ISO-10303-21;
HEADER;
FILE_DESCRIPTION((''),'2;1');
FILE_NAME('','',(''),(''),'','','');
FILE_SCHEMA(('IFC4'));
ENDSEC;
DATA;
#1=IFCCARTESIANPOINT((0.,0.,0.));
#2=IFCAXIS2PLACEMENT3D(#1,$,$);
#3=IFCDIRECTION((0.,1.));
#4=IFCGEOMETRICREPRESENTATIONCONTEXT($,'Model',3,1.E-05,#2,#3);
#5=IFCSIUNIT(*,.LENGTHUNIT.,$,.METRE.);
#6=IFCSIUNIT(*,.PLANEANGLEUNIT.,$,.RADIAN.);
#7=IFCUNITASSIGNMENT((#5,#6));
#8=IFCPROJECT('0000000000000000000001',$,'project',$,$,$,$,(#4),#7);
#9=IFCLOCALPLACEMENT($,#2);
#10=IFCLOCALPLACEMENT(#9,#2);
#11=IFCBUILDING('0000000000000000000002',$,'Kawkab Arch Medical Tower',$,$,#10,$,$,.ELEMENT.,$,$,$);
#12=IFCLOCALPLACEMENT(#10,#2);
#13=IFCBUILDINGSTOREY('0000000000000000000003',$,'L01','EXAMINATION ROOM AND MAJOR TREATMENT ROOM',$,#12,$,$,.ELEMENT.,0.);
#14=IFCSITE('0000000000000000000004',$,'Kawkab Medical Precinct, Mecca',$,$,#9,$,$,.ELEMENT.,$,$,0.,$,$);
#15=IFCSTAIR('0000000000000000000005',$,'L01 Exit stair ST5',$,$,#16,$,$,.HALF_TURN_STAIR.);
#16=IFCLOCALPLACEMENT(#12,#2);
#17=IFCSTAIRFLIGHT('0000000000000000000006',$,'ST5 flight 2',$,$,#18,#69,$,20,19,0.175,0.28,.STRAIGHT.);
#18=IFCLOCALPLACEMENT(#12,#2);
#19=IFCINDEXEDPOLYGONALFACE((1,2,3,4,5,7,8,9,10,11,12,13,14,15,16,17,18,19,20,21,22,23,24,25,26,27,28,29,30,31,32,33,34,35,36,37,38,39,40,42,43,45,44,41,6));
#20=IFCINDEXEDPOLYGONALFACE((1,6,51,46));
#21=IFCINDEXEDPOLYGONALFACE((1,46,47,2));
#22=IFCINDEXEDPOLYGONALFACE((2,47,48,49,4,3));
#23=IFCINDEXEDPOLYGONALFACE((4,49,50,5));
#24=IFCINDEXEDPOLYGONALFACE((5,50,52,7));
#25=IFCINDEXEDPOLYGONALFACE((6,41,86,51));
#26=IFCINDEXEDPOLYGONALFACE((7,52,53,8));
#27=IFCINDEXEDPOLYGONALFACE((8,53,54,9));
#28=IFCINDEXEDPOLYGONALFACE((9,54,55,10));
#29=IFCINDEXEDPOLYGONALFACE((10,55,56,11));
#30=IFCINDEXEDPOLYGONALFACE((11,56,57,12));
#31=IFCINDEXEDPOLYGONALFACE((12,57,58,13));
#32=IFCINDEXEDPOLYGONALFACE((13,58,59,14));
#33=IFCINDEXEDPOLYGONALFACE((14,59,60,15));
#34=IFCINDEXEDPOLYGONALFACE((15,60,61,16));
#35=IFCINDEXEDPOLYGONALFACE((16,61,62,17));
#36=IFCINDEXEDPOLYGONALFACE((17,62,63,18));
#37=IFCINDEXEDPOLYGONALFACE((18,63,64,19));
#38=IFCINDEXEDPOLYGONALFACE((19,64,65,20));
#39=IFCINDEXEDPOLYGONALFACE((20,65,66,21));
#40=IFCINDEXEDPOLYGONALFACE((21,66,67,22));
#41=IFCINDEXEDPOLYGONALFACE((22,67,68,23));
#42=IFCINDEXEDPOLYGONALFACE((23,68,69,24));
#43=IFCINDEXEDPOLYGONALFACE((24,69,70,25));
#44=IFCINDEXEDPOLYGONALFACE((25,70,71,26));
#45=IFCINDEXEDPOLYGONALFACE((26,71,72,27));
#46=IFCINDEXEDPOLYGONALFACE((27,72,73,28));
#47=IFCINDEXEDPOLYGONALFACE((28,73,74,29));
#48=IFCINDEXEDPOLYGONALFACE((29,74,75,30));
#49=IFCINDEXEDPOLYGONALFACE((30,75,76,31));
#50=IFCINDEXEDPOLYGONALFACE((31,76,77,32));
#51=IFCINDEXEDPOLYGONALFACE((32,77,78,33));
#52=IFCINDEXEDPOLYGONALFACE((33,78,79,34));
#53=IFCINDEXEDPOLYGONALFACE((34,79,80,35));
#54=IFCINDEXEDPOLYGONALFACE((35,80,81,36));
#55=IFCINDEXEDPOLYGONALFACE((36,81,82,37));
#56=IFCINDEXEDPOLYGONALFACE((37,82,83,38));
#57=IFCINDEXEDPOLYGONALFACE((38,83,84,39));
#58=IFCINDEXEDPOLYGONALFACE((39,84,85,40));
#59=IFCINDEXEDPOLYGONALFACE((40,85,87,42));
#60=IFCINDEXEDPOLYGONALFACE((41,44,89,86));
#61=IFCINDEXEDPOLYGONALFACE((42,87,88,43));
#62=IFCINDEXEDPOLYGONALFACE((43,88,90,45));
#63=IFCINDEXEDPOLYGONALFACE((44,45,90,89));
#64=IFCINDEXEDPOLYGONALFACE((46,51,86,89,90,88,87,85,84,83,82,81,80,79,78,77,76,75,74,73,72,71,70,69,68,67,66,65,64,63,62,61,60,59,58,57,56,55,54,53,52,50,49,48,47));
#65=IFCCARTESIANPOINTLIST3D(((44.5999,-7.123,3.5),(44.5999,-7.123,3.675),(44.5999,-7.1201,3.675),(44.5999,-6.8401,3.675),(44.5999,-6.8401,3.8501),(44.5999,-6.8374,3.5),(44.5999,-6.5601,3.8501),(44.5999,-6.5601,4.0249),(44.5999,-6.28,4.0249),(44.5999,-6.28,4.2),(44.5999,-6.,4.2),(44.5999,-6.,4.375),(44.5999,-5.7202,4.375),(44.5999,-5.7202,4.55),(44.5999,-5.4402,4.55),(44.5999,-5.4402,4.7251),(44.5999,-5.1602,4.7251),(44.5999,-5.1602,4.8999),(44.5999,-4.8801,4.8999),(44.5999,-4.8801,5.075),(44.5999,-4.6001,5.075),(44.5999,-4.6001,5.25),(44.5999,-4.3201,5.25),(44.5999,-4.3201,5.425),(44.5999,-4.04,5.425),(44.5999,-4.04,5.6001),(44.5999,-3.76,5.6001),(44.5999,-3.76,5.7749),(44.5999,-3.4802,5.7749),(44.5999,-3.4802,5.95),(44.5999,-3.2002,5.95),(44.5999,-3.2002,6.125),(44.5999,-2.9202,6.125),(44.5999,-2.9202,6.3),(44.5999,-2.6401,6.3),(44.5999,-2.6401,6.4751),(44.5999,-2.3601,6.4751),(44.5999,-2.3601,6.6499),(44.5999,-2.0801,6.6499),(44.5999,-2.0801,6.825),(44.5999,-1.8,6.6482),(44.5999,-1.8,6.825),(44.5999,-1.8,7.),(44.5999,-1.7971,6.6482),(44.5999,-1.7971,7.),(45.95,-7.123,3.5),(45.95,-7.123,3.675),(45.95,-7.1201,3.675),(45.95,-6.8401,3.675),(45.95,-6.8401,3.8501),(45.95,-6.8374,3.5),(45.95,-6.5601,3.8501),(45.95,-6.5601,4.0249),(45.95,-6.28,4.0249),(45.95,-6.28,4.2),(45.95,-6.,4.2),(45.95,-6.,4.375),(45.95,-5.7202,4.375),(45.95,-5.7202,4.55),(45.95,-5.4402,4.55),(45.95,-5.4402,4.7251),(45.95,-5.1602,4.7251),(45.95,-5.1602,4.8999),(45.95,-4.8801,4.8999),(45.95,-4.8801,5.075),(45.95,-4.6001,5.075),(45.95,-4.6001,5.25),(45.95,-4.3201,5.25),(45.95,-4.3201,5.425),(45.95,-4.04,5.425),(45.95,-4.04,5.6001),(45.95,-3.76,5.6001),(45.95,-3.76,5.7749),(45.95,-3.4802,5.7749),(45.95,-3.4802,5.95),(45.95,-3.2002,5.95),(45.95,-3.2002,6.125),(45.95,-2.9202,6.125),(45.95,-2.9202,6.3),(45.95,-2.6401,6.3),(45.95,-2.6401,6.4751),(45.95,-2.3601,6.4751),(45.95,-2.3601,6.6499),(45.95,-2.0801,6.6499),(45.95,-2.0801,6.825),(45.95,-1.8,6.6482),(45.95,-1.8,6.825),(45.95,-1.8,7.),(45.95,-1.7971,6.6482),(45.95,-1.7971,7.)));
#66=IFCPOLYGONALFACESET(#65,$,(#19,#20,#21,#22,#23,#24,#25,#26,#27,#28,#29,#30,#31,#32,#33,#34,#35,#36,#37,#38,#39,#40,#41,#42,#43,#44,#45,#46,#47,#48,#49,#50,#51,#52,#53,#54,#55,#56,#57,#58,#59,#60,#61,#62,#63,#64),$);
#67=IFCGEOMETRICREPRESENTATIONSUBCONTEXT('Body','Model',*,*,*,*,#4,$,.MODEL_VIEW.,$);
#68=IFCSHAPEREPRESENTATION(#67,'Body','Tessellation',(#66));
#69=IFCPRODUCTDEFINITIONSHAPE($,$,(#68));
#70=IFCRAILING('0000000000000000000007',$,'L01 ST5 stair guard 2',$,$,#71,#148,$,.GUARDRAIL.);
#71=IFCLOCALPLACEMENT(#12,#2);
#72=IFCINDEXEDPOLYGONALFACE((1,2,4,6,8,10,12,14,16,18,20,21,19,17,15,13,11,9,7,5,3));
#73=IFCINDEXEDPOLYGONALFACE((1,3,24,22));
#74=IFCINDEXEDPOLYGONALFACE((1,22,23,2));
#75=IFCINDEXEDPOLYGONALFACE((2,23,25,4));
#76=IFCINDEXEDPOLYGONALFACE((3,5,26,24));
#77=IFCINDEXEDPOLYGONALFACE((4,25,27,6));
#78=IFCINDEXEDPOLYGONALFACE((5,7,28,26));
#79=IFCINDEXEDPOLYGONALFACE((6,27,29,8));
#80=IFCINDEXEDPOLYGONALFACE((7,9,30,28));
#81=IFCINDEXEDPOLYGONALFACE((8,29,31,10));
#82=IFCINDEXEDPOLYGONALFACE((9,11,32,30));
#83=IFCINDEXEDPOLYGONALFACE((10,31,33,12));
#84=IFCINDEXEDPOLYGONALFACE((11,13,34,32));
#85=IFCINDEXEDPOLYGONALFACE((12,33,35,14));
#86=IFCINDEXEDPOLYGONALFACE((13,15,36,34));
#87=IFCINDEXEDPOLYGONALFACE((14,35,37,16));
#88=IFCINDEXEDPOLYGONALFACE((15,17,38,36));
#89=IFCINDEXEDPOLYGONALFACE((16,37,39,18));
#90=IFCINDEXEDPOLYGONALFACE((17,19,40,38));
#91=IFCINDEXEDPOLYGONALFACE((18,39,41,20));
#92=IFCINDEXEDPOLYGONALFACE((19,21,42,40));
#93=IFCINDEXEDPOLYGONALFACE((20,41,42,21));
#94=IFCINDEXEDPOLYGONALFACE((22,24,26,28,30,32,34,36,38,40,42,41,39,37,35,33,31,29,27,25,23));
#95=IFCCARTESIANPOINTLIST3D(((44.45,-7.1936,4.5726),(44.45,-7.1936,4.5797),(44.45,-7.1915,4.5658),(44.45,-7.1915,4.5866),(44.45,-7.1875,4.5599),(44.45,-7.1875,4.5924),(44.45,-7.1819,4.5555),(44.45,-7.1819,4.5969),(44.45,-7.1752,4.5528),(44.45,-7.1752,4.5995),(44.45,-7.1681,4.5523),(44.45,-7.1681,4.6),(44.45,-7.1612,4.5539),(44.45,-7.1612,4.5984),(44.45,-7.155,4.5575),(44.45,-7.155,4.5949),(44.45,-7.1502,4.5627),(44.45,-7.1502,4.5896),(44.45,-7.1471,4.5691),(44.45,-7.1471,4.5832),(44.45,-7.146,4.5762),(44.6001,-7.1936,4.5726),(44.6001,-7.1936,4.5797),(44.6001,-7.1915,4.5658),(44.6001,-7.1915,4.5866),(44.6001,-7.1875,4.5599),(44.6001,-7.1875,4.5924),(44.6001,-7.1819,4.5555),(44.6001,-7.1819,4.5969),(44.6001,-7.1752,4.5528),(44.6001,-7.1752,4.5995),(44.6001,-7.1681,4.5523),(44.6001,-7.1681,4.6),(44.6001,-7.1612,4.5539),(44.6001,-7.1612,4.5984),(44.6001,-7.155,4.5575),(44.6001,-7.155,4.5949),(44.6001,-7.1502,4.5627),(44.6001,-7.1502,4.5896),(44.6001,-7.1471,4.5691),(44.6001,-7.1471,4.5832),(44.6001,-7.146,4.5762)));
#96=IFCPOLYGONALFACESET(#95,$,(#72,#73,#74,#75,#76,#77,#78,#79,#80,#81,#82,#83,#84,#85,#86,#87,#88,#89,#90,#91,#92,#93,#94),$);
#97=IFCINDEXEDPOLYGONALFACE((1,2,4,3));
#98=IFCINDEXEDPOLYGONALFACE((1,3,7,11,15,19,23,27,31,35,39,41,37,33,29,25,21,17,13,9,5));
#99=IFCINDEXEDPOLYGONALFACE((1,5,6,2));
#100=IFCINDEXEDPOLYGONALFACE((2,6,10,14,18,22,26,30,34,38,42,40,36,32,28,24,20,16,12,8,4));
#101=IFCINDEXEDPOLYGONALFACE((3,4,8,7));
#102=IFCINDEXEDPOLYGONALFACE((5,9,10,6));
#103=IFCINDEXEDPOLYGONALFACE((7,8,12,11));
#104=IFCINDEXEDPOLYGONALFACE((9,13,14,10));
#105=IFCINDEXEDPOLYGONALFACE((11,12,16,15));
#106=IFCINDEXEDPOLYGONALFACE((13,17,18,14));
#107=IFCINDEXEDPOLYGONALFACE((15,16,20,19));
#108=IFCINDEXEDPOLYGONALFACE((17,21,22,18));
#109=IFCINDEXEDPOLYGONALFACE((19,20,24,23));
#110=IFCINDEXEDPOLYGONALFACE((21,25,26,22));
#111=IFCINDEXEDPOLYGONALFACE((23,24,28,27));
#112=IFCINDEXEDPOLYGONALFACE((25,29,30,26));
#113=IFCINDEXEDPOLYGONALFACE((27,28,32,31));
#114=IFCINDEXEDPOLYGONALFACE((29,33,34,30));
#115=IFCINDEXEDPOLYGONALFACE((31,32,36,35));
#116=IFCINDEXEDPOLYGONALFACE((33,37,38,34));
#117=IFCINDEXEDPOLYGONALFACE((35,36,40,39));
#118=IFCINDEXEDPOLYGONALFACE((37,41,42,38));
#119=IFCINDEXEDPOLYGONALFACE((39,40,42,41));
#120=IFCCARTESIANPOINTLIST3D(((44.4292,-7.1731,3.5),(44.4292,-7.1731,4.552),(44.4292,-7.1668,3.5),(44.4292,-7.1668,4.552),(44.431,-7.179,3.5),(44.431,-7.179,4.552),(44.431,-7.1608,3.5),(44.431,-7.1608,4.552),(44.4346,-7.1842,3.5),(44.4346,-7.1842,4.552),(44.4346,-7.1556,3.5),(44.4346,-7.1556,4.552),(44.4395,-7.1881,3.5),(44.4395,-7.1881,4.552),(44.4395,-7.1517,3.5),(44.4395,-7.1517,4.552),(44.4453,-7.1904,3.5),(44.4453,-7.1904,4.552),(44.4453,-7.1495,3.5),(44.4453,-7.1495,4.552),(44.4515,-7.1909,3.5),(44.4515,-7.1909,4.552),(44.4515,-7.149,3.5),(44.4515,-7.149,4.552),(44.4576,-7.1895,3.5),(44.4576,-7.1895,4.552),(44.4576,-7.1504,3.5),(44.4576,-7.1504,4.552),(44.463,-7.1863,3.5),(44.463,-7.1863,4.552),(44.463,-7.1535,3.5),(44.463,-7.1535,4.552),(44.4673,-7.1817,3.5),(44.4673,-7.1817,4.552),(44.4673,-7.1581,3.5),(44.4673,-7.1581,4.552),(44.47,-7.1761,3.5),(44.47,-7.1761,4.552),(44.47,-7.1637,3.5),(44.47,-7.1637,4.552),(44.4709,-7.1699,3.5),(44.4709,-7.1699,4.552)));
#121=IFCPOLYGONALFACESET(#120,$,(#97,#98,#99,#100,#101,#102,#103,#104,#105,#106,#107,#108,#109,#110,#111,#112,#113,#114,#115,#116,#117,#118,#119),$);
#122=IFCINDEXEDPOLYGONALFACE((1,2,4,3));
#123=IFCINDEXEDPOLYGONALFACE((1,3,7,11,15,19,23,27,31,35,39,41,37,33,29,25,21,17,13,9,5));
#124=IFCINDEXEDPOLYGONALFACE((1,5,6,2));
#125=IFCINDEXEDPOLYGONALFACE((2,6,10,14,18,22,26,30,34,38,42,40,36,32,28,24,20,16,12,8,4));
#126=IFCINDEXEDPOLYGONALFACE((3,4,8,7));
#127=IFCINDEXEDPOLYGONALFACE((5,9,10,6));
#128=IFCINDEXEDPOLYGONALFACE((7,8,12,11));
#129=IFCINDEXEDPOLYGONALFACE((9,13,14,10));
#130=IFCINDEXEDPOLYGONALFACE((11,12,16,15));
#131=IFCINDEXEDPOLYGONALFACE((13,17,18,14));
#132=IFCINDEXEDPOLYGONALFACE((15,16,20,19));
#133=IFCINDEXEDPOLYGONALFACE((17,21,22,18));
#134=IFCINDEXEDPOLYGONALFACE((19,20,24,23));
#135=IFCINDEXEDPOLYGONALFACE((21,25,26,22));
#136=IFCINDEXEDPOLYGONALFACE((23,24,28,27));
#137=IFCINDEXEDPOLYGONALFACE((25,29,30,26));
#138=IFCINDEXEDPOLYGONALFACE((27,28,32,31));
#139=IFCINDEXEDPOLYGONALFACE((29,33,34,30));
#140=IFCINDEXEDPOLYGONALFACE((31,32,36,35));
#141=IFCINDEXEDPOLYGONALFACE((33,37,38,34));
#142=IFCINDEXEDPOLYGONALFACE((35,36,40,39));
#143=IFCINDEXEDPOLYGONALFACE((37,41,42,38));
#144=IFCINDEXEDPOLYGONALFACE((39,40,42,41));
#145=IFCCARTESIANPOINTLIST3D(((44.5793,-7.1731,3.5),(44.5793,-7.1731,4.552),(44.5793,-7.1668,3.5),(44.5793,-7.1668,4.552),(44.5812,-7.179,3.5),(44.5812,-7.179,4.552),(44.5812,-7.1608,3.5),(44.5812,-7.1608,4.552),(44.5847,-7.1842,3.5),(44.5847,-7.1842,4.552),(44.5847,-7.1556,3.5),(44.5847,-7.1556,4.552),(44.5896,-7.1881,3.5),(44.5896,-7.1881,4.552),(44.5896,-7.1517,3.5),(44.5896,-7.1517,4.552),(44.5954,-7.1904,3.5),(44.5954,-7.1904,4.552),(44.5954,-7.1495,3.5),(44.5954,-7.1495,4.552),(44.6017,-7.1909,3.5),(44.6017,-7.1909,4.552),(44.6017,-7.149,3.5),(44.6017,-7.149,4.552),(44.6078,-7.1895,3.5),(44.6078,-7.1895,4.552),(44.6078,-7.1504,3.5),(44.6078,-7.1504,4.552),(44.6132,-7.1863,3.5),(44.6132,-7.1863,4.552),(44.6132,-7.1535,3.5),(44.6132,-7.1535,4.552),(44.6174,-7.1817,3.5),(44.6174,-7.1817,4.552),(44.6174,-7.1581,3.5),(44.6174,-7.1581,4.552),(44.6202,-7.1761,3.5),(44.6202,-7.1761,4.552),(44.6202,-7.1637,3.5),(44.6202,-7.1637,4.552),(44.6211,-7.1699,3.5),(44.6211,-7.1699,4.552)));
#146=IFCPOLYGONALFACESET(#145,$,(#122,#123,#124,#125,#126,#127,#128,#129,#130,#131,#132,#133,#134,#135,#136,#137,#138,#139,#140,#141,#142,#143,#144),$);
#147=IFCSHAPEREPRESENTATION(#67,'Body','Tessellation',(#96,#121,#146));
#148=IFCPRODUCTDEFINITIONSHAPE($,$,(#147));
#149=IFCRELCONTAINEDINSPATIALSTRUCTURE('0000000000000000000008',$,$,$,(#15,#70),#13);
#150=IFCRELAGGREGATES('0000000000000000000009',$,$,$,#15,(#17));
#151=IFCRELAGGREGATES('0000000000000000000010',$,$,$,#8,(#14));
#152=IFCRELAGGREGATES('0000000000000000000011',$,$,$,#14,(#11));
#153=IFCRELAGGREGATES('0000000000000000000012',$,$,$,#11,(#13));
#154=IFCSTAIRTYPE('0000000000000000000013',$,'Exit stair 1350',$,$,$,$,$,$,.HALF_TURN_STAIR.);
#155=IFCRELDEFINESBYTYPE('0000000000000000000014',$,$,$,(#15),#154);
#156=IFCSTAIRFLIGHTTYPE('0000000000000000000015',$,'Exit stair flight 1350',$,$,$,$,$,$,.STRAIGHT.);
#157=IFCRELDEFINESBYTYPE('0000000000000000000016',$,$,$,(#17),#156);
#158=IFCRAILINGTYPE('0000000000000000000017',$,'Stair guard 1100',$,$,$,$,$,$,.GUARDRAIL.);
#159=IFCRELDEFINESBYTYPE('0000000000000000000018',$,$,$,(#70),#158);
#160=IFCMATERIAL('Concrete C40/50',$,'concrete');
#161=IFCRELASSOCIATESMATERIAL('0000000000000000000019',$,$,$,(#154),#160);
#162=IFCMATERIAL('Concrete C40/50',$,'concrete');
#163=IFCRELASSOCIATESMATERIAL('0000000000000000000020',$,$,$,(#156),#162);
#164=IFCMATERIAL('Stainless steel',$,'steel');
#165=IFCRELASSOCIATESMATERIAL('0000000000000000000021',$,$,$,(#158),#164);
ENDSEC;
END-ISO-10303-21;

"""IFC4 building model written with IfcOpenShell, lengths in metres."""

from ifc_helpers import new_model, si_unit, direction, frame, origin, origin_2d, place, context, subcontext, project, spatial, polyline, circle, outline, extrude, material, type_object, element, aggregate, save


model = new_model("IFC4")

# Units and contexts
model_context = context("Model", 3, precision=1e-05, world=origin(), true_north=direction((0.0, 1.0)))
body_context = subcontext(model_context, "Body", "Model", "MODEL_VIEW")
ifc_project = project(units=[si_unit("LENGTHUNIT", "METRE"), si_unit("PLANEANGLEUNIT", "RADIAN")], contexts=[model_context])

# Site, building, storey
site_placement = place(None, origin())
site = spatial("IfcSite", under=ifc_project, at=site_placement, Name="Kawkab Medical Precinct, Mecca", CompositionType="ELEMENT", RefElevation=0.0)
building_placement = place(site_placement, origin())
building = spatial("IfcBuilding", under=site, at=building_placement, Name="Kawkab Arch Medical Tower", CompositionType="ELEMENT")
storey_placement = place(building_placement, origin())
storey = spatial("IfcBuildingStorey", under=building, at=storey_placement, Name="L01", Description="EXAMINATION ROOM AND MAJOR TREATMENT ROOM", CompositionType="ELEMENT", Elevation=0.0)

# Stair, stair flight
ifc_material_1 = material(Name="Concrete C40/50", Category="concrete")
stair_type = type_object("IfcStairType", Name="Exit stair 1350", PredefinedType="HALF_TURN_STAIR", material=ifc_material_1)
stair_placement = place(storey_placement, origin())
stair = element("IfcStair", 1, at=stair_placement, inside=storey, type_object=stair_type, Name="L01 Exit stair ST5", PredefinedType="HALF_TURN_STAIR")
ifc_material_2 = material(Name="Concrete C40/50", Category="concrete")
stair_flight_type = type_object("IfcStairFlightType", Name="Exit stair flight 1350", PredefinedType="STRAIGHT", material=ifc_material_2)
stair_flight_1_placement = place(storey_placement, frame((45.2749, -7.1201, 3.5), z_axis=(0.0, 0.0, 1.0), x_axis=(0.0, 1.0, 0.0)))
stair_flight_1 = element("IfcStairFlight", 2, at=stair_flight_1_placement, type_object=stair_flight_type, Name="ST5 flight 2", NumberOfRisers=20, NumberOfTreads=19, PredefinedType="STRAIGHT", RiserHeight=0.175, TreadLength=0.28, context=body_context, shape_type="SweptSolid", body=[
    extrude(outline(polyline([(-0.0029, 0.0), (-0.0029, 0.175), (0.0, 0.175), (0.28, 0.175), (0.28, 0.3501), (0.5601, 0.3501), (0.5601, 0.5249), (0.8401, 0.5249), (0.8401, 0.7), (1.1201, 0.7), (1.1201, 0.875), (1.3999, 0.875), (1.3999, 1.05), (1.6799, 1.05), (1.6799, 1.2251), (1.96, 1.2251), (1.96, 1.3999), (2.24, 1.3999), (2.24, 1.575), (2.52, 1.575), (2.52, 1.75), (2.8, 1.75), (2.8, 1.925), (3.0801, 1.925), (3.0801, 2.1001), (3.3601, 2.1001), (3.3601, 2.2749), (3.6399, 2.2749), (3.6399, 2.45), (3.9199, 2.45), (3.9199, 2.625), (4.2, 2.625), (4.2, 2.8), (4.48, 2.8), (4.48, 2.9751), (4.76, 2.9751), (4.76, 3.1499), (5.04, 3.1499), (5.04, 3.325), (5.3201, 3.325), (5.3201, 3.5), (5.323, 3.5), (5.323, 3.1482), (5.3201, 3.1482), (0.2827, 0.0), (-0.0029, 0.0)])), frame((0.0, 0.675, 0.0), z_axis=(0.0, -1.0, 0.0), x_axis=(1.0, 0.0, 0.0)), (0.0, 0.0, 1.0), 1.3501),
])
aggregate(stair, [stair_flight_1])

# Railing
ifc_material_3 = material(Name="Stainless steel", Category="steel")
railing_type = type_object("IfcRailingType", Name="Stair guard 1100", PredefinedType="GUARDRAIL", material=ifc_material_3)
railing_1_placement = place(storey_placement, frame((44.45, -7.1699, 3.5)))
element("IfcRailing", 3, at=railing_1_placement, inside=storey, type_object=railing_type, Name="L01 ST5 stair guard 2", PredefinedType="GUARDRAIL", context=body_context, shape_type="SweptSolid", body=[
    extrude(circle(Radius=0.0239, at=origin_2d()), frame((0.0, 0.0, 1.0762), z_axis=(1.0, 0.0, 0.0), x_axis=(0.0, 1.0, 0.0)), (0.0, 0.0, 1.0), 0.1501),
    extrude(circle(Radius=0.021, at=origin_2d()), origin(), (0.0, 0.0, 1.0), 1.052),
    extrude(circle(Radius=0.021, at=origin_2d()), frame((0.1501, 0.0, 0.0)), (0.0, 0.0, 1.0), 1.052),
])

save(model, "model.ifc")
